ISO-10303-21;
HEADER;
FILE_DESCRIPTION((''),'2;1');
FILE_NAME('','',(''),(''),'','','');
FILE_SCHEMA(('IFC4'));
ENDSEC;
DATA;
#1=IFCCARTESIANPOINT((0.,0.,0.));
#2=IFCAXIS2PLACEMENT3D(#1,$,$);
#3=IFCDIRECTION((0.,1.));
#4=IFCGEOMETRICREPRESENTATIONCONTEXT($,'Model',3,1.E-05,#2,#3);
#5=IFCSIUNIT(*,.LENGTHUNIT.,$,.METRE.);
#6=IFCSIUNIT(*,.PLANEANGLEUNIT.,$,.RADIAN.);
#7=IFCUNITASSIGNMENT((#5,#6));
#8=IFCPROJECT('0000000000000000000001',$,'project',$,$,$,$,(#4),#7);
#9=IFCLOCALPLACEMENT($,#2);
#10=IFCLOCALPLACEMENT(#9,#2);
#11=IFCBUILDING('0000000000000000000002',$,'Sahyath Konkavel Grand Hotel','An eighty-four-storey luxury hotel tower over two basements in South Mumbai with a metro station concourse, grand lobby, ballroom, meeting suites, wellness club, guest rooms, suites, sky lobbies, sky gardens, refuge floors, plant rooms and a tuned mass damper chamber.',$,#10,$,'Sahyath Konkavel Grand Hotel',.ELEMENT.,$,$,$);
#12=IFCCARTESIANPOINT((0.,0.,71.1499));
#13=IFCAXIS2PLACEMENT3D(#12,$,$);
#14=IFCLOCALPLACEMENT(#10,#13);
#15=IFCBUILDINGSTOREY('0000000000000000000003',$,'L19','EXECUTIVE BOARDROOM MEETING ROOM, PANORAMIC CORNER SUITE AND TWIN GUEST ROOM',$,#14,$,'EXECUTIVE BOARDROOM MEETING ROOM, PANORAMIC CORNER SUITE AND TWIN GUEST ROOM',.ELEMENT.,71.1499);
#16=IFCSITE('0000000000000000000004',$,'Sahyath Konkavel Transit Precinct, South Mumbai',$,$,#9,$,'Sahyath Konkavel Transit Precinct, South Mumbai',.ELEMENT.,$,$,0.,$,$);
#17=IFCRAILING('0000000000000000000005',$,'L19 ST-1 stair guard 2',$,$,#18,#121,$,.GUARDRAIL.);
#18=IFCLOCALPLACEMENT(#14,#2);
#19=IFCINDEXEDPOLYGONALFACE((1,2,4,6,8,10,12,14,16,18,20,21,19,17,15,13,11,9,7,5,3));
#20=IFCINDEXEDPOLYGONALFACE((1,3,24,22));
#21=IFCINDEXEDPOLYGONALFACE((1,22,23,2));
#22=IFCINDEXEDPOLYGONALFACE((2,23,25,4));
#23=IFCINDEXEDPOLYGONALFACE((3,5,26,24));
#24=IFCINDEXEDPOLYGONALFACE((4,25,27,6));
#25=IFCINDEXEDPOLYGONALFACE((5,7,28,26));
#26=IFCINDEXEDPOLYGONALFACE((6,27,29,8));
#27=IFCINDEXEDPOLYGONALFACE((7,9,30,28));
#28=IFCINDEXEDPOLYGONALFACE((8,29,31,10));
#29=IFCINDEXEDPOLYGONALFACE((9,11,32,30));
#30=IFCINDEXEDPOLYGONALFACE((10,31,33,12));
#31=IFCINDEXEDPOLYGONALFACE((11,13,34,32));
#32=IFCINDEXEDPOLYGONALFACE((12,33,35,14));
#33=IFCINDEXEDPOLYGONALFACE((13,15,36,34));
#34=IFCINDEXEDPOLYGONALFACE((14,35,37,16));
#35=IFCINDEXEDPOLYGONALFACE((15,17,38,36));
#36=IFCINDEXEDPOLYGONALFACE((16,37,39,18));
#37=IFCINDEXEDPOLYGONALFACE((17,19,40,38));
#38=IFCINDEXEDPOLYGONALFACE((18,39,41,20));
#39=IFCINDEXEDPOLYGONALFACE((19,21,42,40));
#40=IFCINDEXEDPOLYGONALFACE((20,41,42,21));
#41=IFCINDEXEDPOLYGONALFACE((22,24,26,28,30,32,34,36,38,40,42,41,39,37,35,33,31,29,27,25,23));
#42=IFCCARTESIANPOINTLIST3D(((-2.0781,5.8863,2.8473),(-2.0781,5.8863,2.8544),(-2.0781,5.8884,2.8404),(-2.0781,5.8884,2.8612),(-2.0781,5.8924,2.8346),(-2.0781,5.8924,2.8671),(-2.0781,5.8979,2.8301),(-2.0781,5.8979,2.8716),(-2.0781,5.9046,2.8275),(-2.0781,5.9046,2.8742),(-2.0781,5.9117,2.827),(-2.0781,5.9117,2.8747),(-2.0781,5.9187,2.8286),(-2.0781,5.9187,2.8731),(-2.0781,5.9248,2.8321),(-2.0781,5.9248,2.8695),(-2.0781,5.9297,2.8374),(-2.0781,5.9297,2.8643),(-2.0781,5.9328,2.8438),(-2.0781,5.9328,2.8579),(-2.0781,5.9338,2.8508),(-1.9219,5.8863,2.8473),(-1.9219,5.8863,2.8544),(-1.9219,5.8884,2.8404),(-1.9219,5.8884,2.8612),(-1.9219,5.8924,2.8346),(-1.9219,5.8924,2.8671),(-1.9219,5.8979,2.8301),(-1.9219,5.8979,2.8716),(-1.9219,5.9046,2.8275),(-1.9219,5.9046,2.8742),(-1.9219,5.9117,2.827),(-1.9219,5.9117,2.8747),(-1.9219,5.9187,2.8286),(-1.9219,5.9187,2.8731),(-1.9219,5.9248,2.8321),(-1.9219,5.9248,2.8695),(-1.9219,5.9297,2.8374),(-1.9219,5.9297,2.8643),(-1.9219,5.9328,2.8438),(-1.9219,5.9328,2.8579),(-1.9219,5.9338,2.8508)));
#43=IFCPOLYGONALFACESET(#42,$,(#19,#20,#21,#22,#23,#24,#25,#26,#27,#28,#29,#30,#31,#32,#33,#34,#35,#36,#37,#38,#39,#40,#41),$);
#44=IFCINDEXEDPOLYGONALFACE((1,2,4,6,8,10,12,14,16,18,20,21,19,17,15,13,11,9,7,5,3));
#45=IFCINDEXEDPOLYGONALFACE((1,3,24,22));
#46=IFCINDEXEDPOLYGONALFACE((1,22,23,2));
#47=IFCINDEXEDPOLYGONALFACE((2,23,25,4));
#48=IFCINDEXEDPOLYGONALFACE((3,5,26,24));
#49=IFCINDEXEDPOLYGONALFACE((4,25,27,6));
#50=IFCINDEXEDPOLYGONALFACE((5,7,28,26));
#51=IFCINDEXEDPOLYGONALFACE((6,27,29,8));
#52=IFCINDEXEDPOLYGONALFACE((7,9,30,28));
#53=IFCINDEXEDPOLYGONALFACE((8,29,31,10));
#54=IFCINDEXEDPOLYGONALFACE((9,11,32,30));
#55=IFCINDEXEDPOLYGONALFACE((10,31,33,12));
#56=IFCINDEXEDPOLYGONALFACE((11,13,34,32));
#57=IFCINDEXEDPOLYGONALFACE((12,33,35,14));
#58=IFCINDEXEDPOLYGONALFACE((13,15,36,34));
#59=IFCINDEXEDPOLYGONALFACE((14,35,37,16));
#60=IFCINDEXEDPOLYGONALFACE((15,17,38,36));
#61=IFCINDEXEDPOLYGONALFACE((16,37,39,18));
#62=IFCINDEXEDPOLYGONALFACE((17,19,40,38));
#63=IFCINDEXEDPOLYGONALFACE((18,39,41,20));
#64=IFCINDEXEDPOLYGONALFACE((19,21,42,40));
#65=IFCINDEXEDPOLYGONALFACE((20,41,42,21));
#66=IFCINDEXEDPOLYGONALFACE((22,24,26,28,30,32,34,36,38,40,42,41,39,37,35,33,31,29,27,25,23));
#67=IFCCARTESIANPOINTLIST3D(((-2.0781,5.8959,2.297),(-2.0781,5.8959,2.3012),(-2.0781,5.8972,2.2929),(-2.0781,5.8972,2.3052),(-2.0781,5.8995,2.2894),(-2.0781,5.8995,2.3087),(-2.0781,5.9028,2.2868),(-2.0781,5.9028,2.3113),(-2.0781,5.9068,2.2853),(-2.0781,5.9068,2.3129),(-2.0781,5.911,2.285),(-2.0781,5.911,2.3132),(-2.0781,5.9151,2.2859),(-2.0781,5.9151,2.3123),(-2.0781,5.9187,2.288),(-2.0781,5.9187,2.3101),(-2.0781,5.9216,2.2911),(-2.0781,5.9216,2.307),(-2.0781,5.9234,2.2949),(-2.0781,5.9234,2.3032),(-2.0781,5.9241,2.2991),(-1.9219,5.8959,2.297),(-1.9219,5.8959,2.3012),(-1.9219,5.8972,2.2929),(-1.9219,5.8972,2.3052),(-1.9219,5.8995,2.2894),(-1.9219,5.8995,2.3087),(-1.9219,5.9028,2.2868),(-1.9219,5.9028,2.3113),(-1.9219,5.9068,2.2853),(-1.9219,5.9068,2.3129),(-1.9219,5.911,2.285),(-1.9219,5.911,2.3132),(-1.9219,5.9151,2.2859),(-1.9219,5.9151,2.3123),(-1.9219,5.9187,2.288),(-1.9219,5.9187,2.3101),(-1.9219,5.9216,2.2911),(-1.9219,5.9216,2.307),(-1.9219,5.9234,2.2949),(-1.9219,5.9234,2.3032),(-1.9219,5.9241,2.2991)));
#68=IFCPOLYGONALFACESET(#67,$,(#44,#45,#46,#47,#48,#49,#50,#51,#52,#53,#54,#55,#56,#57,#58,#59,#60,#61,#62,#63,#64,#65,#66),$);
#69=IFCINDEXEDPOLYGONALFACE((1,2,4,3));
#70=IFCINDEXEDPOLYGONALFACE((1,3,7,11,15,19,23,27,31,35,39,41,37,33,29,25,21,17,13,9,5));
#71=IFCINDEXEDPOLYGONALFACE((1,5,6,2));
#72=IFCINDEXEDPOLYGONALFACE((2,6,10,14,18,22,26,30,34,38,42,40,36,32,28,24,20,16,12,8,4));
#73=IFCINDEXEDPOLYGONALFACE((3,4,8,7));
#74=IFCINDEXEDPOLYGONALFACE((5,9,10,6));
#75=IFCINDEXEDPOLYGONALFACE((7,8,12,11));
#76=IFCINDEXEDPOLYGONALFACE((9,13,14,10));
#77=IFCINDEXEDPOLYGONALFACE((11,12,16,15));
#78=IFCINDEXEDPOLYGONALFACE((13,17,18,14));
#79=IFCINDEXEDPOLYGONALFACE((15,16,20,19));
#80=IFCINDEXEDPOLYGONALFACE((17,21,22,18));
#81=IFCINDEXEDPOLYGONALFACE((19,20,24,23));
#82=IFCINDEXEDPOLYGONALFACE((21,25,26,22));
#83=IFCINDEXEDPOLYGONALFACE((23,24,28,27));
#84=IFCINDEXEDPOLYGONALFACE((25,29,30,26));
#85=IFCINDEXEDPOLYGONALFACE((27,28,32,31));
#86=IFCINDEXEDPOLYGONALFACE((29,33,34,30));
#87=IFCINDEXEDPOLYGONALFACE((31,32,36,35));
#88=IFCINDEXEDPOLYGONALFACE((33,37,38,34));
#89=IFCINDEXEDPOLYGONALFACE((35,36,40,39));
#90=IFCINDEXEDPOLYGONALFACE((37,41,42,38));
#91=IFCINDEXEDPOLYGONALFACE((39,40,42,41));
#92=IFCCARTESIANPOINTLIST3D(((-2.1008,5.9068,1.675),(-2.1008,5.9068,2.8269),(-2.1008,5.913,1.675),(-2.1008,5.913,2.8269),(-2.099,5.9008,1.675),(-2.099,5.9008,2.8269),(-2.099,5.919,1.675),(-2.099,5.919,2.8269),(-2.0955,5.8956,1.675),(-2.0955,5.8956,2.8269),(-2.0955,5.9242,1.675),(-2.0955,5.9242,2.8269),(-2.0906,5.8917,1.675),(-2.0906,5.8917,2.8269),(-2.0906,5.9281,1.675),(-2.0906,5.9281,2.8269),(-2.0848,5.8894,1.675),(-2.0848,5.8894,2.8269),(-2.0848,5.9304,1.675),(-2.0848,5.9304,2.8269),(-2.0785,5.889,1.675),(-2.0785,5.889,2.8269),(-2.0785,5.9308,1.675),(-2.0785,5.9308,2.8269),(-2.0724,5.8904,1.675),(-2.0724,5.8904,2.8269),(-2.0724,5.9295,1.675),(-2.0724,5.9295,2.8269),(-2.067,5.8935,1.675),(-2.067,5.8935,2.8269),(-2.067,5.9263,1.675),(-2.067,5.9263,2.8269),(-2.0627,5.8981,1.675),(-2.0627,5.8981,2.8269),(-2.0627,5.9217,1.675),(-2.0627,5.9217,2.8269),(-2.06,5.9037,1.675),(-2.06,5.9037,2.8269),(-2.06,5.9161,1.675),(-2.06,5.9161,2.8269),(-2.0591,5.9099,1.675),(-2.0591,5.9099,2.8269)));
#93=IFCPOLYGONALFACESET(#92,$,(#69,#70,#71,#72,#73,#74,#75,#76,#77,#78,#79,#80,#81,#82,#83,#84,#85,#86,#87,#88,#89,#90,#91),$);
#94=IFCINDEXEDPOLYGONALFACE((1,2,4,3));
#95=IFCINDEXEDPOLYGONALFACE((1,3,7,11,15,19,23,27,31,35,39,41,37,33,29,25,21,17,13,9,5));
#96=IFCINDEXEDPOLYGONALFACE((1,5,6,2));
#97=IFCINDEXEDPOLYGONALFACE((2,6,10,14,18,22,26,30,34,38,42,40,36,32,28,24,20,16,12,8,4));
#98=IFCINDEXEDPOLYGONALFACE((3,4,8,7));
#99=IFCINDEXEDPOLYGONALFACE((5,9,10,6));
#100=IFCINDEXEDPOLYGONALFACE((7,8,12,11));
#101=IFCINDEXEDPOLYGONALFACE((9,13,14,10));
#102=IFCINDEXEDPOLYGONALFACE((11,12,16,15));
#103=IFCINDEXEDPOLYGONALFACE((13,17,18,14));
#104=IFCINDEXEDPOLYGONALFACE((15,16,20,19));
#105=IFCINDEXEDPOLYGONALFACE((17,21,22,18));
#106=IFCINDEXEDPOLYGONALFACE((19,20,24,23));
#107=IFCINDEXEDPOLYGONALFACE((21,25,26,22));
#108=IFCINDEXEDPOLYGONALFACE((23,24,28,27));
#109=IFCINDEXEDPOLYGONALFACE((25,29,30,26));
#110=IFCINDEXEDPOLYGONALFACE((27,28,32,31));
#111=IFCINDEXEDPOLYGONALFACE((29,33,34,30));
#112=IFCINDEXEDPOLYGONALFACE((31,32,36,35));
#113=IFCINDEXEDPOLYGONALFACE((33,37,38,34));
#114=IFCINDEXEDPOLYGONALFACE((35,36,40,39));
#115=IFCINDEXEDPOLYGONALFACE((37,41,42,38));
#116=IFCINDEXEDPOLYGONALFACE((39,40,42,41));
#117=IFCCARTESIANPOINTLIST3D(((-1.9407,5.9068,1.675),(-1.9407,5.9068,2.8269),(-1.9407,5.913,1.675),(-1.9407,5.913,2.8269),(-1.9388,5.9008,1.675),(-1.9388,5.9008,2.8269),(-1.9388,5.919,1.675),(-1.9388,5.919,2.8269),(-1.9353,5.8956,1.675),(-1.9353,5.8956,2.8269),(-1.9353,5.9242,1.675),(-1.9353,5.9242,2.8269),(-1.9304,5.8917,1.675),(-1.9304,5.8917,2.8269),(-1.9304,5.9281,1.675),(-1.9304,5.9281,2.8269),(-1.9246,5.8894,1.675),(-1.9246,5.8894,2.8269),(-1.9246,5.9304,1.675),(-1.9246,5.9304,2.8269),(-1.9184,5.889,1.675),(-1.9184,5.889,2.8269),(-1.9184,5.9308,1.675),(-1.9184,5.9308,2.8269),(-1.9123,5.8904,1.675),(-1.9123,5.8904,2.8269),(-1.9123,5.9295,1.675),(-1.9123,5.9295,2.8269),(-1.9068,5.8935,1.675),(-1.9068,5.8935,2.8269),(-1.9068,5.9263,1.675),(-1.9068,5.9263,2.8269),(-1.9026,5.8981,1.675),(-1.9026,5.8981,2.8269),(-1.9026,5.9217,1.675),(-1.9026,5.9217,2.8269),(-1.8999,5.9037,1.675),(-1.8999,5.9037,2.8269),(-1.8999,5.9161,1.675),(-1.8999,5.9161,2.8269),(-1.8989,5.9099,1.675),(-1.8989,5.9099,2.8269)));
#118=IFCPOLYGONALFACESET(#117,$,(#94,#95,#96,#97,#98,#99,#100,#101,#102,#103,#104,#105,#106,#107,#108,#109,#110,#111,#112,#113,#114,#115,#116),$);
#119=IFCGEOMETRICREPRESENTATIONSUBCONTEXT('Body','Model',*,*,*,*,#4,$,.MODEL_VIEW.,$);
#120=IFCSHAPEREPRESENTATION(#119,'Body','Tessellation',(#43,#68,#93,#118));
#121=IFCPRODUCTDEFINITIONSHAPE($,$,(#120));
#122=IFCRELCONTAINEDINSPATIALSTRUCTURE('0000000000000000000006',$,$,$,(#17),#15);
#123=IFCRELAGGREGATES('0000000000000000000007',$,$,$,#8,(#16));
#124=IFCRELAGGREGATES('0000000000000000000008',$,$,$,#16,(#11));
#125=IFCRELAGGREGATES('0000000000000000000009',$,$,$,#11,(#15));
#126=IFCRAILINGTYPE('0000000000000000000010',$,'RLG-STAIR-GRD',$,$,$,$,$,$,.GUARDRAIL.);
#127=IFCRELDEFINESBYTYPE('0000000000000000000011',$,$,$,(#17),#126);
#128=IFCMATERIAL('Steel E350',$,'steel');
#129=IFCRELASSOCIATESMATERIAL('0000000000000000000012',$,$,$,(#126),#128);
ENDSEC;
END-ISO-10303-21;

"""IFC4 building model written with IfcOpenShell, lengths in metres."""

from ifc_helpers import new_model, si_unit, direction, frame, origin, origin_2d, place, context, subcontext, project, spatial, circle, extrude, material, type_object, element, save


model = new_model("IFC4")

# Units and contexts
model_context = context("Model", 3, precision=1e-05, world=origin(), true_north=direction((0.0, 1.0)))
body_context = subcontext(model_context, "Body", "Model", "MODEL_VIEW")
ifc_project = project(units=[si_unit("LENGTHUNIT", "METRE"), si_unit("PLANEANGLEUNIT", "RADIAN")], contexts=[model_context])

# Site, building, storey
site_placement = place(None, origin())
site = spatial("IfcSite", under=ifc_project, at=site_placement, Name="Sahyath Konkavel Transit Precinct, South Mumbai", LongName="Sahyath Konkavel Transit Precinct, South Mumbai", CompositionType="ELEMENT", RefElevation=0.0)
building_placement = place(site_placement, origin())
building = spatial("IfcBuilding", under=site, at=building_placement, Name="Sahyath Konkavel Grand Hotel", Description="An eighty-four-storey luxury hotel tower over two basements in South Mumbai with a metro station concourse, grand lobby, ballroom, meeting suites, wellness club, guest rooms, suites, sky lobbies, sky gardens, refuge floors, plant rooms and a tuned mass damper chamber.", LongName="Sahyath Konkavel Grand Hotel", CompositionType="ELEMENT")
storey_placement = place(building_placement, frame((0.0, 0.0, 71.1499)))
storey = spatial("IfcBuildingStorey", under=building, at=storey_placement, Name="L19", Description="EXECUTIVE BOARDROOM MEETING ROOM, PANORAMIC CORNER SUITE AND TWIN GUEST ROOM", LongName="EXECUTIVE BOARDROOM MEETING ROOM, PANORAMIC CORNER SUITE AND TWIN GUEST ROOM", CompositionType="ELEMENT", Elevation=71.1499)

# Shared definitions
ifc_material_1 = material(Name="Steel E350", Category="steel")

# Railing
railing_type_1 = type_object("IfcRailingType", Name="RLG-STAIR-GRD", PredefinedType="GUARDRAIL", material=ifc_material_1)
railing_1_placement = place(storey_placement, frame((-2.0801, 5.9099, 1.675)))
element("IfcRailing", 1, at=railing_1_placement, inside=storey, type_object=railing_type_1, Name="L19 ST-1 stair guard 2", PredefinedType="GUARDRAIL", context=body_context, shape_type="SweptSolid", body=[
    extrude(circle(Radius=0.0239, at=origin_2d()), frame((0.002, 0.0, 1.1758), z_axis=(1.0, 0.0, 0.0), x_axis=(0.0, 1.0, 0.0)), (0.0, 0.0, 1.0), 0.1562),
    extrude(circle(Radius=0.0142, at=origin_2d()), frame((0.002, 0.0, 0.624), z_axis=(1.0, 0.0, 0.0), x_axis=(0.0, 1.0, 0.0)), (0.0, 0.0, 1.0), 0.1562),
    extrude(circle(Radius=0.021, at=origin_2d()), origin(), (0.0, 0.0, 1.0), 1.1519),
    extrude(circle(Radius=0.021, at=origin_2d()), frame((0.1602, 0.0, 0.0)), (0.0, 0.0, 1.0), 1.1519),
])

save(model, "model.ifc")
